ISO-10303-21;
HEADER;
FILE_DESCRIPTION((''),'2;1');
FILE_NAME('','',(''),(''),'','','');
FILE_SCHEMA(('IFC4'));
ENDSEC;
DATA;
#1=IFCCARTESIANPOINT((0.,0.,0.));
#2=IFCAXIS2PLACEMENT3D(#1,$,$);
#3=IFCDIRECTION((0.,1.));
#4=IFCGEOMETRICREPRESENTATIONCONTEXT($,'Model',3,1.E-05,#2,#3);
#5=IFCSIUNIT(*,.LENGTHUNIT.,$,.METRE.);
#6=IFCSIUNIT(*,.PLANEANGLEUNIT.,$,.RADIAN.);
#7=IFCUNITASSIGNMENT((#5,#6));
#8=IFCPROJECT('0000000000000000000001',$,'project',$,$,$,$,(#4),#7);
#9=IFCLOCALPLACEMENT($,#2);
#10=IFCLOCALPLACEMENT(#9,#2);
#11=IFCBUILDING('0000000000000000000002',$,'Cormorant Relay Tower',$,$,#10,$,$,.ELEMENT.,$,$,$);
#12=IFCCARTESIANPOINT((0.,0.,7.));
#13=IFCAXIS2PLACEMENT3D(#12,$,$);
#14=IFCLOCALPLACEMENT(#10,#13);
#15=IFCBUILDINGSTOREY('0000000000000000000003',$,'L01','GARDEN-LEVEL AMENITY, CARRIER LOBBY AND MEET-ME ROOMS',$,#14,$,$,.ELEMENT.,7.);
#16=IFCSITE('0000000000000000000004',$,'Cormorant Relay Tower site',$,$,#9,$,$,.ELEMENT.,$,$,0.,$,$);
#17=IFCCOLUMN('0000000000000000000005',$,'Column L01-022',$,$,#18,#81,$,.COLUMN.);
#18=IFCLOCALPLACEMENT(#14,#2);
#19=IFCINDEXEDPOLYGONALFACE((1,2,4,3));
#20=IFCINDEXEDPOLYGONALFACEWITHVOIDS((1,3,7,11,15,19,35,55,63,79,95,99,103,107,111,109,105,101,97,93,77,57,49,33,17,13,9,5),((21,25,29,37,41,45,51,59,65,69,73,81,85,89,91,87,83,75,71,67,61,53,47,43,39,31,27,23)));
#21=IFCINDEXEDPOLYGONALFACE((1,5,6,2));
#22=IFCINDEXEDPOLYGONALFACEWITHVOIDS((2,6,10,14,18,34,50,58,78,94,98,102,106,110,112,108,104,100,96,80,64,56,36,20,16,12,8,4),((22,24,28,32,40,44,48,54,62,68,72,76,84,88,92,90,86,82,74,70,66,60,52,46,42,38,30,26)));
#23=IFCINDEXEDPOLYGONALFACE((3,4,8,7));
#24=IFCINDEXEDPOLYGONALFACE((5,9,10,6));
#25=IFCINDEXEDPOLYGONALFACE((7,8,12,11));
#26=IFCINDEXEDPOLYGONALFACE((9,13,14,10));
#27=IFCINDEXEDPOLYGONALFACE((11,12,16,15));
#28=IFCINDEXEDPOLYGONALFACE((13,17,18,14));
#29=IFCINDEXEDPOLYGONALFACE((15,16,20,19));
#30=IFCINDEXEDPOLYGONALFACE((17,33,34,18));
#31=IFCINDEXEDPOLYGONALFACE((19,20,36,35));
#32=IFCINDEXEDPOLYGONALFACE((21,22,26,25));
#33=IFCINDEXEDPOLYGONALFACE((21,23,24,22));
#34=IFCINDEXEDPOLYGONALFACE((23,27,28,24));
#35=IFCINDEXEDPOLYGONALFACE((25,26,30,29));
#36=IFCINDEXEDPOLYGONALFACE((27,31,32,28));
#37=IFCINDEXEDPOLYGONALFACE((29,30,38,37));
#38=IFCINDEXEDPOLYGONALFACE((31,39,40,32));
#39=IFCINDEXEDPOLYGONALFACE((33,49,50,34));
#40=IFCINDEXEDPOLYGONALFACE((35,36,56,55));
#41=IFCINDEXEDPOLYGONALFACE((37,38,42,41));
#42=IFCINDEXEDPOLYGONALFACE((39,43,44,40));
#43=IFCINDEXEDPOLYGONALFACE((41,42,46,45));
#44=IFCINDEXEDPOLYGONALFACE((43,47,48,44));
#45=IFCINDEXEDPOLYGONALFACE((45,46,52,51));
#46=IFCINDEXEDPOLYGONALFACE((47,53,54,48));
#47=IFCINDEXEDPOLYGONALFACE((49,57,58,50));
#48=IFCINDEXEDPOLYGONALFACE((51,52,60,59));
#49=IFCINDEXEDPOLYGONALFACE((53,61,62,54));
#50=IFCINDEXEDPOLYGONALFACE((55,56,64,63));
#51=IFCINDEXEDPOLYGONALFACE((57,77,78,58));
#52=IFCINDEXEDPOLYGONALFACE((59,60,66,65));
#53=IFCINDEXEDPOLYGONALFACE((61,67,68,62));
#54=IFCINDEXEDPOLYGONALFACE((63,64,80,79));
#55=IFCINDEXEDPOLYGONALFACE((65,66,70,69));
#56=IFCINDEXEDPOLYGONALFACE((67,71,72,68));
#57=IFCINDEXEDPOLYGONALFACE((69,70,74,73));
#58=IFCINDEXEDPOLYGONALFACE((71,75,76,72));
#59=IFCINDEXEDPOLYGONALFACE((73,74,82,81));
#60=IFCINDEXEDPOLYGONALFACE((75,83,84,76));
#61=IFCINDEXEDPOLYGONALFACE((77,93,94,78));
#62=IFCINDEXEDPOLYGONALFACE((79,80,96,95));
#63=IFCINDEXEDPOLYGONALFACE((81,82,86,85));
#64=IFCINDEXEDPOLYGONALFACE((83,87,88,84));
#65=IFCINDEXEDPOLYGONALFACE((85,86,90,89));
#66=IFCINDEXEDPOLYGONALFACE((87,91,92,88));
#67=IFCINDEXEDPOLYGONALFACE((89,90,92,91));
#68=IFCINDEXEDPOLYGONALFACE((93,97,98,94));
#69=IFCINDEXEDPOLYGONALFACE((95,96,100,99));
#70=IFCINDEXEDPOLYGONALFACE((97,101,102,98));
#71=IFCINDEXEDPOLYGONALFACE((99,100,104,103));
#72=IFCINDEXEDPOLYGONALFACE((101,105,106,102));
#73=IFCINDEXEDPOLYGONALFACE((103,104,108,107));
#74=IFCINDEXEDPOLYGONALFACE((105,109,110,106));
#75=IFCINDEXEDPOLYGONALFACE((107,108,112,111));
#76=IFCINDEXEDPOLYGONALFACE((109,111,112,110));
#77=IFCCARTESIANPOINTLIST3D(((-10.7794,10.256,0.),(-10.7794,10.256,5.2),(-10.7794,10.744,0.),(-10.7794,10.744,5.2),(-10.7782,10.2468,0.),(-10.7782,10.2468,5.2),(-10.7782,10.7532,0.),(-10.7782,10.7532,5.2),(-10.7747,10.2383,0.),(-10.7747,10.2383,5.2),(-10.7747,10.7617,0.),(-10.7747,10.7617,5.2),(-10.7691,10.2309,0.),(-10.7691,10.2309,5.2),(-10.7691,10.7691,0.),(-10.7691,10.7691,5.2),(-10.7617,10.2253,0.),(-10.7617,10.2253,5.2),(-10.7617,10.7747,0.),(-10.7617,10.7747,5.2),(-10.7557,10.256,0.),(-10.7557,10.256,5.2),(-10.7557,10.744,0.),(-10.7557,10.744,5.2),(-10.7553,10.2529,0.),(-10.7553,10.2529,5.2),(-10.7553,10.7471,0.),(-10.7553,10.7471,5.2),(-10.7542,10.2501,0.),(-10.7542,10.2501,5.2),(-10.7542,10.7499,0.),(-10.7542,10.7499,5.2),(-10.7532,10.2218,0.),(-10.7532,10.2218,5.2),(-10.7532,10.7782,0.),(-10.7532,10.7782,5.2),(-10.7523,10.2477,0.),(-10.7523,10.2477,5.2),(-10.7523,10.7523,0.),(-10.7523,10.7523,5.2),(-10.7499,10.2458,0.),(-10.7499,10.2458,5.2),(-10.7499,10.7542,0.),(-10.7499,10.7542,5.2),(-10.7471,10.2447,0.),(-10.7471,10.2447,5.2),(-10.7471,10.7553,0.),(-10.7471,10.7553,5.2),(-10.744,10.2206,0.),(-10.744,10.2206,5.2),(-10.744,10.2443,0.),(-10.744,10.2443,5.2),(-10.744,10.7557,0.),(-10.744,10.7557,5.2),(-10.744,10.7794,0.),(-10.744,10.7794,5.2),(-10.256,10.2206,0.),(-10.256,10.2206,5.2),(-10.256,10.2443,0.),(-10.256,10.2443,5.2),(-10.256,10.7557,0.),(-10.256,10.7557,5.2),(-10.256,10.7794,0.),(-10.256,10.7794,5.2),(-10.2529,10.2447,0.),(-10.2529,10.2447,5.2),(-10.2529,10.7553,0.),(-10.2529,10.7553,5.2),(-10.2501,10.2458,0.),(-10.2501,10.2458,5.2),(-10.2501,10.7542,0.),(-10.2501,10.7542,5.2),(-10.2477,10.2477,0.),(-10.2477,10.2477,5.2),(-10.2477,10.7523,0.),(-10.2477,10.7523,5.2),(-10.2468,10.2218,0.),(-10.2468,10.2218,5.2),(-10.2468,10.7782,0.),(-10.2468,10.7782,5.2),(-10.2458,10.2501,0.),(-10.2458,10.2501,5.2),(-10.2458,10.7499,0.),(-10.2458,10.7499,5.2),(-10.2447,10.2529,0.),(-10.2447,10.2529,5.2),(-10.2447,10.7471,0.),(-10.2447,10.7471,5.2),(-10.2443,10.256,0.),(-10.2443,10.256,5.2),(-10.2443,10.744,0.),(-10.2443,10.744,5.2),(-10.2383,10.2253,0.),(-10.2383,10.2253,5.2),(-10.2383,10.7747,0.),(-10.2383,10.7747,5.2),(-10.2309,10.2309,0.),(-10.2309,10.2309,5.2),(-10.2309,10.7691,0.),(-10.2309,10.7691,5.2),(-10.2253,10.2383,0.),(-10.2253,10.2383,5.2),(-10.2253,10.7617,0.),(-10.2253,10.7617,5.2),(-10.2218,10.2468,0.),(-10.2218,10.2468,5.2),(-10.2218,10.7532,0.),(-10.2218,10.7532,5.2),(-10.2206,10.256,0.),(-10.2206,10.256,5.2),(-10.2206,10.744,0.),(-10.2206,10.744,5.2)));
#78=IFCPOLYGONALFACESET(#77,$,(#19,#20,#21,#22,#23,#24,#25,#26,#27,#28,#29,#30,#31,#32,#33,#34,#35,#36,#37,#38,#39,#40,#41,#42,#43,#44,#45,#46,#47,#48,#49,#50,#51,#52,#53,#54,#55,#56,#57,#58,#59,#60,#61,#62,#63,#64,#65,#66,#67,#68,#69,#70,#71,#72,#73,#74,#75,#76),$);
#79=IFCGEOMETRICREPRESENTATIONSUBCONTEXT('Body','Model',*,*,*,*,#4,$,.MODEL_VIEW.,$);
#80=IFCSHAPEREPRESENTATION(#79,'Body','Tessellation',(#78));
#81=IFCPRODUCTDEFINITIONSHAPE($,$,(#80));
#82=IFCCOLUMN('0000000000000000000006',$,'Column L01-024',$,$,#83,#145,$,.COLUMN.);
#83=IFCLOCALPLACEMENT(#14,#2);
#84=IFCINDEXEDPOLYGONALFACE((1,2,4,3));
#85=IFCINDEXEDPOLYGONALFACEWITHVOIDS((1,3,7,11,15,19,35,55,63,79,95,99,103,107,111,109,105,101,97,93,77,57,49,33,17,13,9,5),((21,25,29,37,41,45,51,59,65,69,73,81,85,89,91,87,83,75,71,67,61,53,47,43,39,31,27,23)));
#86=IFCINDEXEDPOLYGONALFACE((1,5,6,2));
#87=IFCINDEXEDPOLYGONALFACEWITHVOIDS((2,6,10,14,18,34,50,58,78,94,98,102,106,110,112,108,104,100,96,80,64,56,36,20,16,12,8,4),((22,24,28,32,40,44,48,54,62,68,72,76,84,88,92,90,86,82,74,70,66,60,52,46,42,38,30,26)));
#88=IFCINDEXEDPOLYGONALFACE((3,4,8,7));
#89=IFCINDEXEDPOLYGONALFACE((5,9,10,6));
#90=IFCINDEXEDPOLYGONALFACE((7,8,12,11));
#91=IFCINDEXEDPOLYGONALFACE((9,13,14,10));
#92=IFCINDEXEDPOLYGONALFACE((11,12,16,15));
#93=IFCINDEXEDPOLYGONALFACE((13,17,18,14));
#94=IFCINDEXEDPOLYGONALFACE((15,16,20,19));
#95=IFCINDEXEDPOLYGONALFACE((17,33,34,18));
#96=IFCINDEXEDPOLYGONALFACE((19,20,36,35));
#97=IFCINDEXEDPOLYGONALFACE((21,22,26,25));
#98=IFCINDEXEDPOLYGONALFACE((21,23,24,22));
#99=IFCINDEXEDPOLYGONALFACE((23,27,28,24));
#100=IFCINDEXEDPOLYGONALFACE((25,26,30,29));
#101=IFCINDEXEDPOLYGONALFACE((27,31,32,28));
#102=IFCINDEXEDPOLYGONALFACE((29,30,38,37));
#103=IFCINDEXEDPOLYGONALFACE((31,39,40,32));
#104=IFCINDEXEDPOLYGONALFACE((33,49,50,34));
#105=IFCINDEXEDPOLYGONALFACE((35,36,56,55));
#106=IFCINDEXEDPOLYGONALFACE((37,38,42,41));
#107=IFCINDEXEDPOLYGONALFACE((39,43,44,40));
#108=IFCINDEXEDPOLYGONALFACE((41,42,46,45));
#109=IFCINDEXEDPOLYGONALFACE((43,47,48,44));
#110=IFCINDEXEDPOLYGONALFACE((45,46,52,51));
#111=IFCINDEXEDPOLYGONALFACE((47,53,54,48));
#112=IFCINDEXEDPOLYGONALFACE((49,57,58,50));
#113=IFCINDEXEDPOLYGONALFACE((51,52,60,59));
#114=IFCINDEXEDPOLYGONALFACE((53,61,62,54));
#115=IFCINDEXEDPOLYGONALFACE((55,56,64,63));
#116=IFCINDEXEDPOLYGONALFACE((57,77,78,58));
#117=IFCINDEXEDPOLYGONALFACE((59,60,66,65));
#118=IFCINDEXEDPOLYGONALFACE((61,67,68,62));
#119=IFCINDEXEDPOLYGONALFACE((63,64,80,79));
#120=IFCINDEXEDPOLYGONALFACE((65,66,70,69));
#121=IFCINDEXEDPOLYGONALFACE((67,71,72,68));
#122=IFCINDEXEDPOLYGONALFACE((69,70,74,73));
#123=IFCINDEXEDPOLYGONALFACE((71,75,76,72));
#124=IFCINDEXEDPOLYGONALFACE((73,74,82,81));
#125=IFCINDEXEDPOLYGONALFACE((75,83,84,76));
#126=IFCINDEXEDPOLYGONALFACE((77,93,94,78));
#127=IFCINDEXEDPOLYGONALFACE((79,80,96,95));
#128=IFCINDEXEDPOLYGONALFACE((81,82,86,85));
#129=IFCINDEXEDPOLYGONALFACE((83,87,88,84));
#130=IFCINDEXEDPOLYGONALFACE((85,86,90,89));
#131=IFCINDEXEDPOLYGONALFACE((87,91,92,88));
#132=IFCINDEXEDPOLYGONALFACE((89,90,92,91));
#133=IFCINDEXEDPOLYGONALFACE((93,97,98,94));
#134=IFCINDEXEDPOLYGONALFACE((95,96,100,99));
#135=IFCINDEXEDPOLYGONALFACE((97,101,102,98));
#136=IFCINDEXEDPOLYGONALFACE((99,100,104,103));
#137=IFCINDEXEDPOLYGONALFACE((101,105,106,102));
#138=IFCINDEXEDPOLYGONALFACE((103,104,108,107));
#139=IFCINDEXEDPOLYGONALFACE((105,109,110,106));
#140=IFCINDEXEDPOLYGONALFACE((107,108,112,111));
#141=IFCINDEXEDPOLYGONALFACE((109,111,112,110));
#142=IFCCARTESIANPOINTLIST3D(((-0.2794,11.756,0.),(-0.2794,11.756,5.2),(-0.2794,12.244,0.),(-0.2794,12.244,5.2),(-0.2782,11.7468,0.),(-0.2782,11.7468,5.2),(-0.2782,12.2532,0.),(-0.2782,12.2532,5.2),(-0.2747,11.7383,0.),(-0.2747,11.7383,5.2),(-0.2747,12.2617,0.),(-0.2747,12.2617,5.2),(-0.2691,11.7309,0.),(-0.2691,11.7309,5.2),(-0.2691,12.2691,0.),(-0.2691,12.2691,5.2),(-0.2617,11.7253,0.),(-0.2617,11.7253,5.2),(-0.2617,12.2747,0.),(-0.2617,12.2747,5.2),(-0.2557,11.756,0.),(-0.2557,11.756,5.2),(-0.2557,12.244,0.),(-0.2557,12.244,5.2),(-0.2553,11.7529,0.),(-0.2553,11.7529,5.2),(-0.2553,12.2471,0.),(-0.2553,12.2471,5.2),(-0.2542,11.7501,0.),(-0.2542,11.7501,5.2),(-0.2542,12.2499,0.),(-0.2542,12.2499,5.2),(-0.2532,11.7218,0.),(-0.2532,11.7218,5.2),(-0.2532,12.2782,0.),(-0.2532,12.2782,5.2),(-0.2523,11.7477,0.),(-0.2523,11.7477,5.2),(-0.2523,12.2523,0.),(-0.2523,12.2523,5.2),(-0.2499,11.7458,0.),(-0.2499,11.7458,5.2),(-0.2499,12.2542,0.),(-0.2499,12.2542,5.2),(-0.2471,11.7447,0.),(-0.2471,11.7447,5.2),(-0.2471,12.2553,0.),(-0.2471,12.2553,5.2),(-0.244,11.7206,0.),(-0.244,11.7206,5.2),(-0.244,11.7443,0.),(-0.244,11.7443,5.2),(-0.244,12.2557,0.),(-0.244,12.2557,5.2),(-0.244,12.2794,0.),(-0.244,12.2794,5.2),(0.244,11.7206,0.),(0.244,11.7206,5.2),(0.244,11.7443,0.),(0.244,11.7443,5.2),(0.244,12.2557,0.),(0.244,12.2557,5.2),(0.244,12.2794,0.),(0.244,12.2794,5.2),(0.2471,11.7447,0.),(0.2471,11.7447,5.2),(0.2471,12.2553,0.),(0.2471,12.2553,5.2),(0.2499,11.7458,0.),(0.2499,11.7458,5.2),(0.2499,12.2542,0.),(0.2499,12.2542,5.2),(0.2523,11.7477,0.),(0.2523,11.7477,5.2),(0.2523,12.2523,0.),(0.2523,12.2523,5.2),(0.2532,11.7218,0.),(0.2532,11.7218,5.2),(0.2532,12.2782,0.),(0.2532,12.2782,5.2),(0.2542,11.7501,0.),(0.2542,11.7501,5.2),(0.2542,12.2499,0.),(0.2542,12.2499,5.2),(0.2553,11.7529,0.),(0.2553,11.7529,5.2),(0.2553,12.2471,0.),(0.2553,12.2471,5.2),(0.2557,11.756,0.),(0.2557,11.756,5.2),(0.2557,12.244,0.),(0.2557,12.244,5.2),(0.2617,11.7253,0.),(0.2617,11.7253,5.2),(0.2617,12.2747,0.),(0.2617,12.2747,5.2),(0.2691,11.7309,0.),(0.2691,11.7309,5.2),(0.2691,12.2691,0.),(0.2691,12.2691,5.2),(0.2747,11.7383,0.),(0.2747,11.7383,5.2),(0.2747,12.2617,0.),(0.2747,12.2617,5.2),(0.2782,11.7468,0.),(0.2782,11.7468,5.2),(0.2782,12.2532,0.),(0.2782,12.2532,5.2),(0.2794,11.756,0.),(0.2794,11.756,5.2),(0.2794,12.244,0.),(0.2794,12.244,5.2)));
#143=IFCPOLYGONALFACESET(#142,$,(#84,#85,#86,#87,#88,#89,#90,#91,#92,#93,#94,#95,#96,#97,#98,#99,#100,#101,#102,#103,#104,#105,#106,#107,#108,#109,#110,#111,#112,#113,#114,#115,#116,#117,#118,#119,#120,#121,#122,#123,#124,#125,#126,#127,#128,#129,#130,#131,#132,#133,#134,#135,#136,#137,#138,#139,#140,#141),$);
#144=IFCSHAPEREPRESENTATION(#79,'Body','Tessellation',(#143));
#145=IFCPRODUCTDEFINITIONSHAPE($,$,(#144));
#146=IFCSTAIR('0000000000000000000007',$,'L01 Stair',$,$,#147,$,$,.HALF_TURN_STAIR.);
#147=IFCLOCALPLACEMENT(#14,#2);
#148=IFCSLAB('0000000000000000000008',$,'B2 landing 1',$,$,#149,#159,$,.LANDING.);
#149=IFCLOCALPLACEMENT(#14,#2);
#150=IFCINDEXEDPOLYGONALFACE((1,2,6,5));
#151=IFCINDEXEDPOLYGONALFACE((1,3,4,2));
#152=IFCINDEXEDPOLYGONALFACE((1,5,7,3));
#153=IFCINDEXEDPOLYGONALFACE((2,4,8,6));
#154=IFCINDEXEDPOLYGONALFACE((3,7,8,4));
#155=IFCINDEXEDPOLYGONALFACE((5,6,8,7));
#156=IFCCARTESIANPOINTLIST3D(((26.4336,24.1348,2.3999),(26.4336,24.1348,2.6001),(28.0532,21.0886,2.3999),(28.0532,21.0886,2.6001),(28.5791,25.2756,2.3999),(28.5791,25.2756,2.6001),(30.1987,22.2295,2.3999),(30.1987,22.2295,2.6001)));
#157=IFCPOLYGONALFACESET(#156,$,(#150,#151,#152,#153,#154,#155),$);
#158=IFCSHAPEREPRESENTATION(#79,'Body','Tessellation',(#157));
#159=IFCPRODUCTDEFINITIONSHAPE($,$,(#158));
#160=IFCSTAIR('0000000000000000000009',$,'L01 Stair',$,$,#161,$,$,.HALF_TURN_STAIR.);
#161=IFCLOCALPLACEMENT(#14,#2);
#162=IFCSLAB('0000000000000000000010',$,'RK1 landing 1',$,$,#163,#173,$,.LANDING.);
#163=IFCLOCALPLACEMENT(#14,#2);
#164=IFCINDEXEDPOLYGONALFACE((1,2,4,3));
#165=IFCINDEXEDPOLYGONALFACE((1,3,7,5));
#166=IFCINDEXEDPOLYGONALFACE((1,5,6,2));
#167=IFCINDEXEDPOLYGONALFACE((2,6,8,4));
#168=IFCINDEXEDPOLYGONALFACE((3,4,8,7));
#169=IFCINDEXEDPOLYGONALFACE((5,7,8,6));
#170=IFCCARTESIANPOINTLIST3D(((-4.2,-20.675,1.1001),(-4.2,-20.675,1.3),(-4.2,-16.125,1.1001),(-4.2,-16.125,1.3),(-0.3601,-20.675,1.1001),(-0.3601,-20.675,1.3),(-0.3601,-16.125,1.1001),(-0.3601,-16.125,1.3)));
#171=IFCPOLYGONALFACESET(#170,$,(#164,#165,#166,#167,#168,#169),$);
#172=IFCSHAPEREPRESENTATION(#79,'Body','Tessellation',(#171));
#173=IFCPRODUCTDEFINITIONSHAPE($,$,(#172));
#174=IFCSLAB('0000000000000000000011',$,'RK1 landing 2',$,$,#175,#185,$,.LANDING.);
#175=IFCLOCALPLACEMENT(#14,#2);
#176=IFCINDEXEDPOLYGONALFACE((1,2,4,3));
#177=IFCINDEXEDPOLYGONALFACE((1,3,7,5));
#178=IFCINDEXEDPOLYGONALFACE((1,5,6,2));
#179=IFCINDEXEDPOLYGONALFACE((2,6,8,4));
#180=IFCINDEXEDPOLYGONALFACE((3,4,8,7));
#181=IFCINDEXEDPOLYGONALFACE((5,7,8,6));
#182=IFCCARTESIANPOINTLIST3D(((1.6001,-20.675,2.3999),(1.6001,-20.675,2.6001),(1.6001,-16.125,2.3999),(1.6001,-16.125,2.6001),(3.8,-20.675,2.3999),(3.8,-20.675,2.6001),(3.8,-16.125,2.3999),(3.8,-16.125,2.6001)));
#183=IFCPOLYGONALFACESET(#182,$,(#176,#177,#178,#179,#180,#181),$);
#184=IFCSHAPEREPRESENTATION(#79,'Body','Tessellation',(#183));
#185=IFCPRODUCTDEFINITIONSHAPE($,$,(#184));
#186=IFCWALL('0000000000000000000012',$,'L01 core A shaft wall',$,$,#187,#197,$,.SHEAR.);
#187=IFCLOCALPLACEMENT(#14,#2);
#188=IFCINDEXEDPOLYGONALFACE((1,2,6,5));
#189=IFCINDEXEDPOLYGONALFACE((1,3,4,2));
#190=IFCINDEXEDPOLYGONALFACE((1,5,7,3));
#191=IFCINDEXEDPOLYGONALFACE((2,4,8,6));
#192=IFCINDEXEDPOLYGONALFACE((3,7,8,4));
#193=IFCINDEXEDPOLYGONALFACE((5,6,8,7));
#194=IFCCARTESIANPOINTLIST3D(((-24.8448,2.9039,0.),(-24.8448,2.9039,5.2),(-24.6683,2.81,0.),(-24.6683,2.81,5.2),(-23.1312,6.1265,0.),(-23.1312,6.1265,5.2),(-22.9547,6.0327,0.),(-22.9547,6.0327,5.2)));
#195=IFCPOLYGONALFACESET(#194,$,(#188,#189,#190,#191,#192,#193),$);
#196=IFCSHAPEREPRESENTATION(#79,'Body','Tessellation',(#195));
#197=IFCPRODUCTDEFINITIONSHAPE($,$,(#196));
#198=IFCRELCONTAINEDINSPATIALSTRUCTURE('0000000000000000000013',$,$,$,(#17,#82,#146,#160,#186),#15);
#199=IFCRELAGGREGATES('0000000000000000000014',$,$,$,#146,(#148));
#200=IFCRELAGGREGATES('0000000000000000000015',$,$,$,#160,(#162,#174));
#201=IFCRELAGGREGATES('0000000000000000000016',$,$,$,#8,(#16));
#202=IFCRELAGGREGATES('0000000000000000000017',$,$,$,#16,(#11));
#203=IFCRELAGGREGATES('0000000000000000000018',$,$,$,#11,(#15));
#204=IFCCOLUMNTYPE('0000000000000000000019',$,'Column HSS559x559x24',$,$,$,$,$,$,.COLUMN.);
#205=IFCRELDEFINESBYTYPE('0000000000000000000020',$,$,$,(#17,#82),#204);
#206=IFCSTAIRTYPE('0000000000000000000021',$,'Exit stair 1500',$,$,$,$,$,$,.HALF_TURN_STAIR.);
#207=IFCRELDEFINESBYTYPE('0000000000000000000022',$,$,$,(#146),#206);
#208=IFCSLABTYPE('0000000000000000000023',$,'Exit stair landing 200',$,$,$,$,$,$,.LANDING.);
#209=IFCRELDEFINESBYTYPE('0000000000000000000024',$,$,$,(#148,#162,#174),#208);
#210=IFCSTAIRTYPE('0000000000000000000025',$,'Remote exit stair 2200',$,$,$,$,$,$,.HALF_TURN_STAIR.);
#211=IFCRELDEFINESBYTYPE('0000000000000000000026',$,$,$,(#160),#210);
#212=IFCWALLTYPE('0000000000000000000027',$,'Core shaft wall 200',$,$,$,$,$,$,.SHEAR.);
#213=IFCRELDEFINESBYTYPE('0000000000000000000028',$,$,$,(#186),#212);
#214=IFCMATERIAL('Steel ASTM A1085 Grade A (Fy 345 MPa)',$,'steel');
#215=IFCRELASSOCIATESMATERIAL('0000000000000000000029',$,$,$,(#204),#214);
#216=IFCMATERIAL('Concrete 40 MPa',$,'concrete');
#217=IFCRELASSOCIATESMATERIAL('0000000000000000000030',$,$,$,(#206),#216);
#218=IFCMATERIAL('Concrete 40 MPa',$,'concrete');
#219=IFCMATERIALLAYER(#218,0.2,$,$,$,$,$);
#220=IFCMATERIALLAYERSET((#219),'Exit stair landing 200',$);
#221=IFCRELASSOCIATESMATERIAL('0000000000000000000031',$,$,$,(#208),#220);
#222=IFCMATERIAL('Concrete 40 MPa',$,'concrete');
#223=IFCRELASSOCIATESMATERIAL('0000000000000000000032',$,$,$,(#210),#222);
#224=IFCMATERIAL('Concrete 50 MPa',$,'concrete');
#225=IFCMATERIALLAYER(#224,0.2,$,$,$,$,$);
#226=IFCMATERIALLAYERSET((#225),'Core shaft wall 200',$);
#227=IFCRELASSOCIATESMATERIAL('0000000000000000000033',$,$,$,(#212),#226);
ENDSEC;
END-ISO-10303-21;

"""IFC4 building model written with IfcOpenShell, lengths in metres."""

from ifc_helpers import new_model, si_unit, direction, frame, frame_2d, origin, origin_2d, place, context, subcontext, project, spatial, polyline, rectangle, hollow_rectangle, outline, extrude, material, layer, layer_set, material_profile, profile_set, type_object, element, aggregate, save


model = new_model("IFC4")

# Units and contexts
model_context = context("Model", 3, precision=1e-05, world=origin(), true_north=direction((0.0, 1.0)))
body_context = subcontext(model_context, "Body", "Model", "MODEL_VIEW")
ifc_project = project(units=[si_unit("LENGTHUNIT", "METRE"), si_unit("PLANEANGLEUNIT", "RADIAN")], contexts=[model_context])

# Site, building, storey
site_placement = place(None, origin())
site = spatial("IfcSite", under=ifc_project, at=site_placement, Name="Cormorant Relay Tower site", CompositionType="ELEMENT", RefElevation=0.0)
building_placement = place(site_placement, origin())
building = spatial("IfcBuilding", under=site, at=building_placement, Name="Cormorant Relay Tower", CompositionType="ELEMENT")
storey_placement = place(building_placement, frame((0.0, 0.0, 7.0)))
storey = spatial("IfcBuildingStorey", under=building, at=storey_placement, Name="L01", Description="GARDEN-LEVEL AMENITY, CARRIER LOBBY AND MEET-ME ROOMS", CompositionType="ELEMENT", Elevation=7.0)

# Columns
ifc_material_1 = material(Name="Steel ASTM A1085 Grade A (Fy 345 MPa)", Category="steel")
ifc_material_profile = material_profile(ifc_material_1, hollow_rectangle(XDim=0.5588, YDim=0.5588, WallThickness=0.0237, InnerFilletRadius=0.0117, OuterFilletRadius=0.0354, at=origin_2d()), Name="HSS559x559x24")
ifc_profile_set = profile_set([ifc_material_profile], Name="Steel ASTM A1085 Grade A (Fy 345 MPa)")
column_type = type_object("IfcColumnType", Name="Column HSS559x559x24", PredefinedType="COLUMN", material=ifc_profile_set)
for number, where, z_axis, x_axis, name in (
    (1, (-10.5, 10.5, 0.0), (0.0, 0.0, 1.0), (1.0, 0.0, 0.0), "Column L01-022"),
    (2, (0.0, 12.0, 0.0), (0.0, 0.0, 1.0), (1.0, 0.0, 0.0), "Column L01-024"),
):
    element("IfcColumn", number, at=place(storey_placement, frame(where, z_axis=z_axis, x_axis=x_axis)), inside=storey, type_object=column_type, Name=name, PredefinedType="COLUMN", context=body_context, shape_type="SweptSolid", body=[
        extrude(hollow_rectangle(XDim=0.5588, YDim=0.5588, WallThickness=0.0237, InnerFilletRadius=0.0117, OuterFilletRadius=0.0354, at=origin_2d()), origin(), (0.0, 0.0, 1.0), 5.2),
    ])

# Stair, slab
ifc_material_2 = material(Name="Concrete 40 MPa", Category="concrete")
stair_type_1 = type_object("IfcStairType", Name="Exit stair 1500", PredefinedType="HALF_TURN_STAIR", material=ifc_material_2)
stair_1_placement = place(storey_placement, origin())
stair_1 = element("IfcStair", 3, at=stair_1_placement, inside=storey, type_object=stair_type_1, Name="L01 Stair", PredefinedType="HALF_TURN_STAIR")
ifc_material_3 = material(Name="Concrete 40 MPa", Category="concrete")
ifc_layer_1 = layer(ifc_material_3, 0.2)
ifc_layer_set_1 = layer_set([ifc_layer_1], Name="Exit stair landing 200")
slab_type = type_object("IfcSlabType", Name="Exit stair landing 200", PredefinedType="LANDING", material=ifc_layer_set_1)
slab_1_placement = place(storey_placement, frame((0.0, 0.0, 2.3999)))
slab_1 = element("IfcSlab", 4, at=slab_1_placement, type_object=slab_type, Name="B2 landing 1", PredefinedType="LANDING", context=body_context, shape_type="SweptSolid", body=[
    extrude(outline(polyline([(28.0532, 21.0886), (30.1987, 22.2295), (28.5791, 25.2756), (26.4336, 24.1348), (28.0532, 21.0886)])), origin(), (0.0, 0.0, 1.0), 0.2002),
])
aggregate(stair_1, [slab_1])

# Stair, slabs
ifc_material_4 = material(Name="Concrete 40 MPa", Category="concrete")
stair_type_2 = type_object("IfcStairType", Name="Remote exit stair 2200", PredefinedType="HALF_TURN_STAIR", material=ifc_material_4)
stair_2_placement = place(storey_placement, origin())
stair_2 = element("IfcStair", 5, at=stair_2_placement, inside=storey, type_object=stair_type_2, Name="L01 Stair", PredefinedType="HALF_TURN_STAIR")
slab_2_placement = place(storey_placement, frame((0.0, 0.0, 1.1001)))
slab_2 = element("IfcSlab", 6, at=slab_2_placement, type_object=slab_type, Name="RK1 landing 1", PredefinedType="LANDING", context=body_context, shape_type="SweptSolid", body=[
    extrude(outline(polyline([(-0.3601, -16.125), (-4.2, -16.125), (-4.2, -20.675), (-0.3601, -20.675), (-0.3601, -16.125)])), origin(), (0.0, 0.0, 1.0), 0.2),
])
slab_3_placement = place(storey_placement, frame((0.0, 0.0, 2.3999)))
slab_3 = element("IfcSlab", 7, at=slab_3_placement, type_object=slab_type, Name="RK1 landing 2", PredefinedType="LANDING", context=body_context, shape_type="SweptSolid", body=[
    extrude(outline(polyline([(3.8, -16.125), (1.6001, -16.125), (1.6001, -20.675), (3.8, -20.675), (3.8, -16.125)])), origin(), (0.0, 0.0, 1.0), 0.2002),
])
aggregate(stair_2, [slab_2, slab_3])

# Wall
ifc_material_5 = material(Name="Concrete 50 MPa", Category="concrete")
ifc_layer_2 = layer(ifc_material_5, 0.2)
ifc_layer_set_2 = layer_set([ifc_layer_2], Name="Core shaft wall 200")
wall_type_1 = type_object("IfcWallType", Name="Core shaft wall 200", PredefinedType="SHEAR", material=ifc_layer_set_2)
wall_1_placement = place(storey_placement, frame((-23.043, 6.0796, 0.0), z_axis=(0.0, 0.0, 1.0), x_axis=(-0.469494, -0.882936, 0.0)))
element("IfcWall", 8, at=wall_1_placement, inside=storey, type_object=wall_type_1, Name="L01 core A shaft wall", PredefinedType="SHEAR", context=body_context, shape_type="SweptSolid", body=[
    extrude(rectangle(XDim=3.6499, YDim=0.2, at=frame_2d((1.825, 0.0))), origin(), (0.0, 0.0, 1.0), 5.2),
])

save(model, "model.ifc")
